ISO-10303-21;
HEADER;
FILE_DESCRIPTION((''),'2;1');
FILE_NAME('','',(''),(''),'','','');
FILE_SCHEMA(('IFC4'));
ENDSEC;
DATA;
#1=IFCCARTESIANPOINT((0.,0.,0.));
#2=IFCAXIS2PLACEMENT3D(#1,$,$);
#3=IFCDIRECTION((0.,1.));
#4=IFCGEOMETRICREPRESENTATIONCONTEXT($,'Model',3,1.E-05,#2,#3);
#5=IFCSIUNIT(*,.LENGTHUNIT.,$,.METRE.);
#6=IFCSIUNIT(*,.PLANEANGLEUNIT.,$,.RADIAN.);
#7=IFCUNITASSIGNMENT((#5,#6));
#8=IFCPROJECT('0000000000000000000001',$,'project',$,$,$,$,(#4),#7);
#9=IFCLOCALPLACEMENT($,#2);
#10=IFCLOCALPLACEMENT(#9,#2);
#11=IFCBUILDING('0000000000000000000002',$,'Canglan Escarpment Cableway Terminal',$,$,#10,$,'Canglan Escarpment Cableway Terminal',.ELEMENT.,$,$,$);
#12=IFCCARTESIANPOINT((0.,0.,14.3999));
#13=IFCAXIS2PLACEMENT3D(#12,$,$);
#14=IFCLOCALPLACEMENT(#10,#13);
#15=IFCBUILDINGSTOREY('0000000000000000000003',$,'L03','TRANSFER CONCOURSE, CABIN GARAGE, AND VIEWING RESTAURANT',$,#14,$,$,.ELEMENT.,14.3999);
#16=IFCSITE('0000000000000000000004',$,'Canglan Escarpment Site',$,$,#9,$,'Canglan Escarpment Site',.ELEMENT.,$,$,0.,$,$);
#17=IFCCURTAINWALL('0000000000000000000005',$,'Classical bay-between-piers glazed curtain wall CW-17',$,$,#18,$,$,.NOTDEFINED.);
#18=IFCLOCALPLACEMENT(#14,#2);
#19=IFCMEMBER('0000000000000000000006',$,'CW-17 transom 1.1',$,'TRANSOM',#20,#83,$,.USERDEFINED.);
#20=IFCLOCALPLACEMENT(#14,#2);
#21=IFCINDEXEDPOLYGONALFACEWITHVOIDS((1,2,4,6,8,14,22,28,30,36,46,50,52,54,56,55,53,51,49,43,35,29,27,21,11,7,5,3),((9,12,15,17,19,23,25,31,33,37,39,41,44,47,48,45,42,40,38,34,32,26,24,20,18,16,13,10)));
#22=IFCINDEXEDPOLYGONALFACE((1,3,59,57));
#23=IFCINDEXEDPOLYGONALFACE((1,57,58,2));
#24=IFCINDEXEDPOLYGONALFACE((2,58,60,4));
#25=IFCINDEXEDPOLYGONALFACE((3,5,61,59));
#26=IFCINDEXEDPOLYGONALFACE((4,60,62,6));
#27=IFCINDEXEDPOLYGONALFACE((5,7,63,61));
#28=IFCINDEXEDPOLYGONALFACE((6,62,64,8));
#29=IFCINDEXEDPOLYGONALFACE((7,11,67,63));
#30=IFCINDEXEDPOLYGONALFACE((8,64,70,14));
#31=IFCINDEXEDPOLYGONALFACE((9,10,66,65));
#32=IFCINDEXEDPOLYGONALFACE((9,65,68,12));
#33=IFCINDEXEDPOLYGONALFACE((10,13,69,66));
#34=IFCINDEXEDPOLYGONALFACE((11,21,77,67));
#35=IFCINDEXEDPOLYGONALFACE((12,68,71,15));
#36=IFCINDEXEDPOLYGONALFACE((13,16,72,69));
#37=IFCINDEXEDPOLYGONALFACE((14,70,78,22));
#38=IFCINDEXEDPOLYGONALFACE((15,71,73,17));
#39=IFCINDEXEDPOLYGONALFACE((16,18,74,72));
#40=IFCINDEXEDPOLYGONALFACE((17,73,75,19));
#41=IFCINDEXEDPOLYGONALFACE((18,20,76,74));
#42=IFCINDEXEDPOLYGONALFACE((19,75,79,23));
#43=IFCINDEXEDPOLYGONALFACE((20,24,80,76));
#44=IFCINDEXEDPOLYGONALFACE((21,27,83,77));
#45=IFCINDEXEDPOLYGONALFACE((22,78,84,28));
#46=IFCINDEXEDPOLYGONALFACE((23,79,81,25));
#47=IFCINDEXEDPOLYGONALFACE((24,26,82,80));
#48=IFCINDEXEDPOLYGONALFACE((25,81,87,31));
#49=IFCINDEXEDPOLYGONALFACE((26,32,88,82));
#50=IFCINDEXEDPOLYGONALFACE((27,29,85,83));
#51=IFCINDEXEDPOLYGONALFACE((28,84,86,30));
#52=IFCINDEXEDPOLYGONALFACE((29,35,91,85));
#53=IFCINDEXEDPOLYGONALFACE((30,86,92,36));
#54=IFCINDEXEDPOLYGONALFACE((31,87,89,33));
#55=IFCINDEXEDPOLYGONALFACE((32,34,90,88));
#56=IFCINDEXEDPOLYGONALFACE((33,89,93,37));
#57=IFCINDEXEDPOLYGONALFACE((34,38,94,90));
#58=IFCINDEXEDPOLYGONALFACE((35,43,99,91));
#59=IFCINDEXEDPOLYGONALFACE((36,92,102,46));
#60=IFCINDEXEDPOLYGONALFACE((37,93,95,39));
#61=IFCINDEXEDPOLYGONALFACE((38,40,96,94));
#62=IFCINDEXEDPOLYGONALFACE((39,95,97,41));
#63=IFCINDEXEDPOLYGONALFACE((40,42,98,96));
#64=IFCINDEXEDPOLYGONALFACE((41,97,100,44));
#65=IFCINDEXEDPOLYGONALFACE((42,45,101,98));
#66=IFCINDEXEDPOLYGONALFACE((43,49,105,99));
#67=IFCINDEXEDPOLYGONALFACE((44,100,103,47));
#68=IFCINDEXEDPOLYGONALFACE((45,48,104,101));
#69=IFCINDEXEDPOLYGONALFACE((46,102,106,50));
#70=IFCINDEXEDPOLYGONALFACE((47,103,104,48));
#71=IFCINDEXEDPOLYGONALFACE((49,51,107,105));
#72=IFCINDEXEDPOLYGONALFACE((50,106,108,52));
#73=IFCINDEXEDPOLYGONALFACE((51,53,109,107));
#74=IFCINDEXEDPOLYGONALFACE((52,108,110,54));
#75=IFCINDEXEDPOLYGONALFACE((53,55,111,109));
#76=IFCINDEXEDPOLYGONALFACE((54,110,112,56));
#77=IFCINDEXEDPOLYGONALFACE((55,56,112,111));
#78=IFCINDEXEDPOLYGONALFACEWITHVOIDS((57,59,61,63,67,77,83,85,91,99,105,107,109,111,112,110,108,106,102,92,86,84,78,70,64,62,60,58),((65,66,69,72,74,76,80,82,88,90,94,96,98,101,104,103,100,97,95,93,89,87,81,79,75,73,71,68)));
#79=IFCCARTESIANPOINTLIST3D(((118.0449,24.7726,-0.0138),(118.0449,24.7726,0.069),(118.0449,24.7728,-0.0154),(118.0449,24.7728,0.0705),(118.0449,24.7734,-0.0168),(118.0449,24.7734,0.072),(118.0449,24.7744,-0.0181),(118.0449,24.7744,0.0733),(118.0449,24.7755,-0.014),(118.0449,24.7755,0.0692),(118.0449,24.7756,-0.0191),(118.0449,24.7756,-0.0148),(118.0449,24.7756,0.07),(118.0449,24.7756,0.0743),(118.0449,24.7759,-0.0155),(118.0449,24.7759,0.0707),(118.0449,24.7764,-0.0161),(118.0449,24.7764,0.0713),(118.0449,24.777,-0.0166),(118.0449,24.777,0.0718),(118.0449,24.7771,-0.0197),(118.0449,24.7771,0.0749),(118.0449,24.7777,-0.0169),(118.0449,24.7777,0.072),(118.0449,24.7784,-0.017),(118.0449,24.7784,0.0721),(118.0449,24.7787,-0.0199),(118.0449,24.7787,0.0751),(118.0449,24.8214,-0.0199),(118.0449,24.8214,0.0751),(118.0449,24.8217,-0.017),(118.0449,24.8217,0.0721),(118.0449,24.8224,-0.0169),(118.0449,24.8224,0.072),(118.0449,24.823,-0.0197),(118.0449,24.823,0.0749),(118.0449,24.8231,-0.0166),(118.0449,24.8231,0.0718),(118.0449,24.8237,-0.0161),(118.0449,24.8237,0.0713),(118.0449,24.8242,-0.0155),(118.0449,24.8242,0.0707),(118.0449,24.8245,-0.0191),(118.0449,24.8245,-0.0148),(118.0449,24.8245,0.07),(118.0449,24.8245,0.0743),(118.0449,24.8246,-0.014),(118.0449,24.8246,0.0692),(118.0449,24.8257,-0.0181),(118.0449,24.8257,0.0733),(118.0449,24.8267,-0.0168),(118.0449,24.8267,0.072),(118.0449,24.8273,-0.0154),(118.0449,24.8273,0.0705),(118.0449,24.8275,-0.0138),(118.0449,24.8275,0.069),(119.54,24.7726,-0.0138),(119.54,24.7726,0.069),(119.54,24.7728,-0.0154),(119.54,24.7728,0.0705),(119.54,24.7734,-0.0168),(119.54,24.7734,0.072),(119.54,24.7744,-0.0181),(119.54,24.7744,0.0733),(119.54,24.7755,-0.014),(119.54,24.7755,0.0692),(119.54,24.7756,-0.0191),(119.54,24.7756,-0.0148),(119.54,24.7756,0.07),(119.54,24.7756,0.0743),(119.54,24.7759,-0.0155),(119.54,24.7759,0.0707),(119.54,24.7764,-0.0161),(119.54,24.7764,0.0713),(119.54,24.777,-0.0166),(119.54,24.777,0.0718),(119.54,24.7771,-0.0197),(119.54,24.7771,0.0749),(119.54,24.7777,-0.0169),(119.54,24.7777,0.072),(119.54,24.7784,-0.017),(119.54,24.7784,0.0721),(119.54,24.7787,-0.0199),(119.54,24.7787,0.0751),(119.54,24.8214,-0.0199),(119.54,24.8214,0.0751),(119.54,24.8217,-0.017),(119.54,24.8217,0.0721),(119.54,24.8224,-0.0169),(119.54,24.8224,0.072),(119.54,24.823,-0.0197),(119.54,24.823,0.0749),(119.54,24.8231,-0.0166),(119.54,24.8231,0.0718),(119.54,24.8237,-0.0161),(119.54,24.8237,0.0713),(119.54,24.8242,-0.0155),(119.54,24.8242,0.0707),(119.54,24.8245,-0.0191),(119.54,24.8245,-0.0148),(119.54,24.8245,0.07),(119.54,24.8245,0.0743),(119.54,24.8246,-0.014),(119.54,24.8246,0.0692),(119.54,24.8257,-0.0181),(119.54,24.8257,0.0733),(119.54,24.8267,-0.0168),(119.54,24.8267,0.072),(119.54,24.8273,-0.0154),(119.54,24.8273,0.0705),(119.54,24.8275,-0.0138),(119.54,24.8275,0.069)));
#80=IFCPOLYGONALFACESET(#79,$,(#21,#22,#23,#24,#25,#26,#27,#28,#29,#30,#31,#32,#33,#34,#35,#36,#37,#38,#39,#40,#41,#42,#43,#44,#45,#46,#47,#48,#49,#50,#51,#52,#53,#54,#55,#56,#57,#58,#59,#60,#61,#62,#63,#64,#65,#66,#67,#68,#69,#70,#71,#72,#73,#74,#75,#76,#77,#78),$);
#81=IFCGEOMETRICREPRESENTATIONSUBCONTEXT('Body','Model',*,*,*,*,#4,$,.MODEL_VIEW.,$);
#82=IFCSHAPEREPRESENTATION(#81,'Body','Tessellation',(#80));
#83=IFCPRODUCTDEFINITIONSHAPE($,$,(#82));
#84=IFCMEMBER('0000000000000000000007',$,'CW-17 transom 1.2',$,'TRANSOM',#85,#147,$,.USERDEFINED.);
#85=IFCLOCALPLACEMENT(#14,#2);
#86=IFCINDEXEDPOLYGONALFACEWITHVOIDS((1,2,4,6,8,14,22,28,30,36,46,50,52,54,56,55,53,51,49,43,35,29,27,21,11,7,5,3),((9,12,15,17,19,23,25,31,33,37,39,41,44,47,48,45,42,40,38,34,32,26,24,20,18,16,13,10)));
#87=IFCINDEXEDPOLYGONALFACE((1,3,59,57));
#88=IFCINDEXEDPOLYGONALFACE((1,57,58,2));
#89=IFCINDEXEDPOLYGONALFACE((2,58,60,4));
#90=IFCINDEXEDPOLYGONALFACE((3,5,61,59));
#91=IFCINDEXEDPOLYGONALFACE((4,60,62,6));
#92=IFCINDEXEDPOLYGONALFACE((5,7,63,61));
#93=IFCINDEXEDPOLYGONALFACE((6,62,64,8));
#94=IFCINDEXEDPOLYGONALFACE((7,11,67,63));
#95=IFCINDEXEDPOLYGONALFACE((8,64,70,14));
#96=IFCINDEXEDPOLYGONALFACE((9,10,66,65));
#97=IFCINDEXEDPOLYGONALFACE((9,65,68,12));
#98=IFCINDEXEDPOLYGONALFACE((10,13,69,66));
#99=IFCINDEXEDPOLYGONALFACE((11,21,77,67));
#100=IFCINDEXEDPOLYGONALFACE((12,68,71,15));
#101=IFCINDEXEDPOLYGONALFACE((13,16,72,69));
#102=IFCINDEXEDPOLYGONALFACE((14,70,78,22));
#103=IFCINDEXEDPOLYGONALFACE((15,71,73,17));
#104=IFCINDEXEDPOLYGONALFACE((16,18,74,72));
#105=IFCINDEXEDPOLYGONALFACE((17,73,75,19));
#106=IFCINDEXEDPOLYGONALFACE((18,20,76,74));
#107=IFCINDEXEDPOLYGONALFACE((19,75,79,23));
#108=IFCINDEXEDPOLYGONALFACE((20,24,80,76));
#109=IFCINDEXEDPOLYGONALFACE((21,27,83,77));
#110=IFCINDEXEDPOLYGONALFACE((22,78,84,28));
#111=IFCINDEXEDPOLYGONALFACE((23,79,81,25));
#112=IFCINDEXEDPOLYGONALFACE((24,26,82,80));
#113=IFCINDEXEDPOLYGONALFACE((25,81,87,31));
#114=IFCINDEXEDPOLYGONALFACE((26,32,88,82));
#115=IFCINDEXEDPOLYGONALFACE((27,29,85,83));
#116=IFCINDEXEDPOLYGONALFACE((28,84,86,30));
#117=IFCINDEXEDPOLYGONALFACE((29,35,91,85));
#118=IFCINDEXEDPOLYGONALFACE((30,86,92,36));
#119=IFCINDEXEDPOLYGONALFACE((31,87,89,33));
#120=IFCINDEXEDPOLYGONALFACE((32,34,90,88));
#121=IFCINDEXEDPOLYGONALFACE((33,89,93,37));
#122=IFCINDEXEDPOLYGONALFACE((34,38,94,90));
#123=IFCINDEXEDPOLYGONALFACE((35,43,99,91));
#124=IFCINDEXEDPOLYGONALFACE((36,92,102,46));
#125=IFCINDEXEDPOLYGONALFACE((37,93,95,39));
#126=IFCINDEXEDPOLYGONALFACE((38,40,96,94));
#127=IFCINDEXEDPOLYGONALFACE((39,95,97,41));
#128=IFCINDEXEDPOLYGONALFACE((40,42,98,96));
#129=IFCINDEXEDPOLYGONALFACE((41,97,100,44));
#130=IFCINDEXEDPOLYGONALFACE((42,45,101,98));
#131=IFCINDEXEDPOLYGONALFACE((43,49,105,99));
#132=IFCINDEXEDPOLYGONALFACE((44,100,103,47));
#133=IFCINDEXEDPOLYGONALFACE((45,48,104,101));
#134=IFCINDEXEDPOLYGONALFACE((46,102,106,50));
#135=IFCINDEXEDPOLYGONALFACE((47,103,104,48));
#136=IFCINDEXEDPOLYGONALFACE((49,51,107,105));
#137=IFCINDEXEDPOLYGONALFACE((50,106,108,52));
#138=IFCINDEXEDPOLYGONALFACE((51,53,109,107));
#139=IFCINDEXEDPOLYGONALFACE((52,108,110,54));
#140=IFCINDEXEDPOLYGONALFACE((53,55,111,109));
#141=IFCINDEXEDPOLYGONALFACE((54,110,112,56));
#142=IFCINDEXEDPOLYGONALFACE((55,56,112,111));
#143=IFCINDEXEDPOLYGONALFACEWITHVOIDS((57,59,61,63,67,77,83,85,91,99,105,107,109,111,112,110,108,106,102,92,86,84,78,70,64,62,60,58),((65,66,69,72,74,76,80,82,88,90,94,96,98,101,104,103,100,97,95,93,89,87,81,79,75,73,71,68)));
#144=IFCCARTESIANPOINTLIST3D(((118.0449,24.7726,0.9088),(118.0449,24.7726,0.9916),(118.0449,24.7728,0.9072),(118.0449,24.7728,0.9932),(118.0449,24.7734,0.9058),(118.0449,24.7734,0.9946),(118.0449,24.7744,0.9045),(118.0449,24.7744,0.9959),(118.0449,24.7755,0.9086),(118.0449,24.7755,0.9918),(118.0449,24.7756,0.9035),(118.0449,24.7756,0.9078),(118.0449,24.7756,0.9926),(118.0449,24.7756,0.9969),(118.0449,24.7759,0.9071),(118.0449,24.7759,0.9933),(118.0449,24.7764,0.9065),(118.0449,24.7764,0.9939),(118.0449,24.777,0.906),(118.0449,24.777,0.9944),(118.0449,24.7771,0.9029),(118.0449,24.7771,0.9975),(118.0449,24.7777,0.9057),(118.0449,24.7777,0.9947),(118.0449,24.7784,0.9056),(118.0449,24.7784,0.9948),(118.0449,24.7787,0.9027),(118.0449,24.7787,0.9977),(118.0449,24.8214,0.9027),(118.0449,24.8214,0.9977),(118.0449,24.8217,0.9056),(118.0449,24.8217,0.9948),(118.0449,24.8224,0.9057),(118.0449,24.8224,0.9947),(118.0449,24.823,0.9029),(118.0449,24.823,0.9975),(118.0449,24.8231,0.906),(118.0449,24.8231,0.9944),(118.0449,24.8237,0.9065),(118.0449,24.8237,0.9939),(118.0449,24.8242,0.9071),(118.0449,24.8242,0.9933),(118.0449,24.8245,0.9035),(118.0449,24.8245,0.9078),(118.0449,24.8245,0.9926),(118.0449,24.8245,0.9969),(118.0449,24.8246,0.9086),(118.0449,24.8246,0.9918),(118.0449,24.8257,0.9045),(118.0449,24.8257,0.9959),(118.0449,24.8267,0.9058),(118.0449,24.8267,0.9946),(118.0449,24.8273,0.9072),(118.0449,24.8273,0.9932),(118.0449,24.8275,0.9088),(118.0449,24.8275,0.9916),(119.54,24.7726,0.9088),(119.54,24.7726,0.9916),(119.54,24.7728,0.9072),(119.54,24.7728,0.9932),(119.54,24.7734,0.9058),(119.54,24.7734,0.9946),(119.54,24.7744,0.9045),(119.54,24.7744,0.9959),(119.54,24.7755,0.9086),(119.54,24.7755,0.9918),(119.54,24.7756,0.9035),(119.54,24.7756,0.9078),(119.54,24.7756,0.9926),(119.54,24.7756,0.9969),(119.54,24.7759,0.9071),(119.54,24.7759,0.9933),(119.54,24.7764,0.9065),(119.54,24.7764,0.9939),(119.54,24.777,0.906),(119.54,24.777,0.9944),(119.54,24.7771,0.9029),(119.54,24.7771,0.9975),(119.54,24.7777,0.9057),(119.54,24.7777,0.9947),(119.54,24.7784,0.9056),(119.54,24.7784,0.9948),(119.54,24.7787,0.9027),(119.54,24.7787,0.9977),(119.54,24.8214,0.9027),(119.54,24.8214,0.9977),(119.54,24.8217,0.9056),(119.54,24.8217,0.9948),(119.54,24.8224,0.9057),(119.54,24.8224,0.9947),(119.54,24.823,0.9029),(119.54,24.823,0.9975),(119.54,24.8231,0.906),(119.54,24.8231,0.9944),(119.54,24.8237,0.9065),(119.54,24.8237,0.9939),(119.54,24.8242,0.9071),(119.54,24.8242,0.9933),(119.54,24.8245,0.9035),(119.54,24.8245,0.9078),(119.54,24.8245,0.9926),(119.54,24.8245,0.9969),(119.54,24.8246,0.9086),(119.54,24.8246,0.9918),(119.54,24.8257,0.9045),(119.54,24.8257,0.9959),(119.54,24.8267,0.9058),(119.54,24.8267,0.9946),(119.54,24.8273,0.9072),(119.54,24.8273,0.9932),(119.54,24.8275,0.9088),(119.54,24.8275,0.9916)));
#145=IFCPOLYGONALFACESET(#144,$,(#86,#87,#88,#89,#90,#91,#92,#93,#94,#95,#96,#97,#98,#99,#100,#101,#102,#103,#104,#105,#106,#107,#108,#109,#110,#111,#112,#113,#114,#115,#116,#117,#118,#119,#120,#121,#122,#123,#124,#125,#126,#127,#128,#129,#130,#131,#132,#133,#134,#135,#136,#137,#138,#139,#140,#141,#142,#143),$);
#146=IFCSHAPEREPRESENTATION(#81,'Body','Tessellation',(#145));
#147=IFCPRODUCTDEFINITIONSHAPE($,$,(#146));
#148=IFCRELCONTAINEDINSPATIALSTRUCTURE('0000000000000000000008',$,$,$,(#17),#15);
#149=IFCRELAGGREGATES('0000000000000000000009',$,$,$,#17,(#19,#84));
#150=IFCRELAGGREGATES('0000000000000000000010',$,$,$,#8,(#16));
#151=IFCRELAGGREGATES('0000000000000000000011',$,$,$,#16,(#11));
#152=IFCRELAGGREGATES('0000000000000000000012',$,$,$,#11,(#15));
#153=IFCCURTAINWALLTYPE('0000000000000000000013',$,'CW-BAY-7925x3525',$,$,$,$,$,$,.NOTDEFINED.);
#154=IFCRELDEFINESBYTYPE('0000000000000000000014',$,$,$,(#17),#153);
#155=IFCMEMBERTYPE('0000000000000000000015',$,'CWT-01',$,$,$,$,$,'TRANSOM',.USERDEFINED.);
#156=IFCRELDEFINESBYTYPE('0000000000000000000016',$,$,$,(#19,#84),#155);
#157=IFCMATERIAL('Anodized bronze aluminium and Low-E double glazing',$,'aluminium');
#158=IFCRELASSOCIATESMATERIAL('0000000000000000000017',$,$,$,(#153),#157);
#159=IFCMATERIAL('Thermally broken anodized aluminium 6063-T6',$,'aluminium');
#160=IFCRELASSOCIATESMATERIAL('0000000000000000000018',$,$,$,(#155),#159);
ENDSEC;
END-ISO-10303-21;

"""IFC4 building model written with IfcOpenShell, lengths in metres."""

from ifc_helpers import new_model, si_unit, direction, frame, origin, origin_2d, place, context, subcontext, project, spatial, hollow_rectangle, extrude, material, material_profile, profile_set, type_object, element, aggregate, save


model = new_model("IFC4")

# Units and contexts
model_context = context("Model", 3, precision=1e-05, world=origin(), true_north=direction((0.0, 1.0)))
body_context = subcontext(model_context, "Body", "Model", "MODEL_VIEW")
ifc_project = project(units=[si_unit("LENGTHUNIT", "METRE"), si_unit("PLANEANGLEUNIT", "RADIAN")], contexts=[model_context])

# Site, building, storey
site_placement = place(None, origin())
site = spatial("IfcSite", under=ifc_project, at=site_placement, Name="Canglan Escarpment Site", LongName="Canglan Escarpment Site", CompositionType="ELEMENT", RefElevation=0.0)
building_placement = place(site_placement, origin())
building = spatial("IfcBuilding", under=site, at=building_placement, Name="Canglan Escarpment Cableway Terminal", LongName="Canglan Escarpment Cableway Terminal", CompositionType="ELEMENT")
storey_placement = place(building_placement, frame((0.0, 0.0, 14.3999)))
storey = spatial("IfcBuildingStorey", under=building, at=storey_placement, Name="L03", Description="TRANSFER CONCOURSE, CABIN GARAGE, AND VIEWING RESTAURANT", CompositionType="ELEMENT", Elevation=14.3999)

# Curtain wall
ifc_material_1 = material(Name="Anodized bronze aluminium and Low-E double glazing", Category="aluminium")
curtain_wall_type_1 = type_object("IfcCurtainWallType", Name="CW-BAY-7925x3525", PredefinedType="NOTDEFINED", material=ifc_material_1)
curtain_wall_1_placement = place(storey_placement, origin())
curtain_wall_1 = element("IfcCurtainWall", 1, at=curtain_wall_1_placement, inside=storey, type_object=curtain_wall_type_1, Name="Classical bay-between-piers glazed curtain wall CW-17", PredefinedType="NOTDEFINED")
ifc_material_2 = material(Name="Thermally broken anodized aluminium 6063-T6", Category="aluminium")

# Members
ifc_material_profile_1 = material_profile(ifc_material_2, hollow_rectangle(XDim=0.0549, YDim=0.095, WallThickness=0.0029, InnerFilletRadius=0.0029, OuterFilletRadius=0.0061, at=origin_2d()), Name="ALU-TRAN 55x95x3")
ifc_profile_set_1 = profile_set([ifc_material_profile_1], Name="Thermally broken anodized aluminium 6063-T6")
member_type_1 = type_object("IfcMemberType", Name="CWT-01", ElementType="TRANSOM", PredefinedType="USERDEFINED", material=ifc_profile_set_1)
member_1_placement = place(storey_placement, frame((119.54, 24.8, 0.0276), z_axis=(-1.0, 0.0, 0.0), x_axis=(0.0, -1.0, 0.0)))
member_1 = element("IfcMember", 2, at=member_1_placement, type_object=member_type_1, Name="CW-17 transom 1.1", ObjectType="TRANSOM", PredefinedType="USERDEFINED", context=body_context, shape_type="SweptSolid", body=[
    extrude(hollow_rectangle(XDim=0.0549, YDim=0.095, WallThickness=0.0029, InnerFilletRadius=0.0029, OuterFilletRadius=0.0061, at=origin_2d()), origin(), (0.0, 0.0, 1.0), 1.4951),
])
member_2_placement = place(storey_placement, frame((119.54, 24.8, 0.9502), z_axis=(-1.0, 0.0, 0.0), x_axis=(0.0, -1.0, 0.0)))
member_2 = element("IfcMember", 3, at=member_2_placement, type_object=member_type_1, Name="CW-17 transom 1.2", ObjectType="TRANSOM", PredefinedType="USERDEFINED", context=body_context, shape_type="SweptSolid", body=[
    extrude(hollow_rectangle(XDim=0.0549, YDim=0.095, WallThickness=0.0029, InnerFilletRadius=0.0029, OuterFilletRadius=0.0061, at=origin_2d()), origin(), (0.0, 0.0, 1.0), 1.4951),
])
aggregate(curtain_wall_1, [member_1, member_2])

save(model, "model.ifc")
